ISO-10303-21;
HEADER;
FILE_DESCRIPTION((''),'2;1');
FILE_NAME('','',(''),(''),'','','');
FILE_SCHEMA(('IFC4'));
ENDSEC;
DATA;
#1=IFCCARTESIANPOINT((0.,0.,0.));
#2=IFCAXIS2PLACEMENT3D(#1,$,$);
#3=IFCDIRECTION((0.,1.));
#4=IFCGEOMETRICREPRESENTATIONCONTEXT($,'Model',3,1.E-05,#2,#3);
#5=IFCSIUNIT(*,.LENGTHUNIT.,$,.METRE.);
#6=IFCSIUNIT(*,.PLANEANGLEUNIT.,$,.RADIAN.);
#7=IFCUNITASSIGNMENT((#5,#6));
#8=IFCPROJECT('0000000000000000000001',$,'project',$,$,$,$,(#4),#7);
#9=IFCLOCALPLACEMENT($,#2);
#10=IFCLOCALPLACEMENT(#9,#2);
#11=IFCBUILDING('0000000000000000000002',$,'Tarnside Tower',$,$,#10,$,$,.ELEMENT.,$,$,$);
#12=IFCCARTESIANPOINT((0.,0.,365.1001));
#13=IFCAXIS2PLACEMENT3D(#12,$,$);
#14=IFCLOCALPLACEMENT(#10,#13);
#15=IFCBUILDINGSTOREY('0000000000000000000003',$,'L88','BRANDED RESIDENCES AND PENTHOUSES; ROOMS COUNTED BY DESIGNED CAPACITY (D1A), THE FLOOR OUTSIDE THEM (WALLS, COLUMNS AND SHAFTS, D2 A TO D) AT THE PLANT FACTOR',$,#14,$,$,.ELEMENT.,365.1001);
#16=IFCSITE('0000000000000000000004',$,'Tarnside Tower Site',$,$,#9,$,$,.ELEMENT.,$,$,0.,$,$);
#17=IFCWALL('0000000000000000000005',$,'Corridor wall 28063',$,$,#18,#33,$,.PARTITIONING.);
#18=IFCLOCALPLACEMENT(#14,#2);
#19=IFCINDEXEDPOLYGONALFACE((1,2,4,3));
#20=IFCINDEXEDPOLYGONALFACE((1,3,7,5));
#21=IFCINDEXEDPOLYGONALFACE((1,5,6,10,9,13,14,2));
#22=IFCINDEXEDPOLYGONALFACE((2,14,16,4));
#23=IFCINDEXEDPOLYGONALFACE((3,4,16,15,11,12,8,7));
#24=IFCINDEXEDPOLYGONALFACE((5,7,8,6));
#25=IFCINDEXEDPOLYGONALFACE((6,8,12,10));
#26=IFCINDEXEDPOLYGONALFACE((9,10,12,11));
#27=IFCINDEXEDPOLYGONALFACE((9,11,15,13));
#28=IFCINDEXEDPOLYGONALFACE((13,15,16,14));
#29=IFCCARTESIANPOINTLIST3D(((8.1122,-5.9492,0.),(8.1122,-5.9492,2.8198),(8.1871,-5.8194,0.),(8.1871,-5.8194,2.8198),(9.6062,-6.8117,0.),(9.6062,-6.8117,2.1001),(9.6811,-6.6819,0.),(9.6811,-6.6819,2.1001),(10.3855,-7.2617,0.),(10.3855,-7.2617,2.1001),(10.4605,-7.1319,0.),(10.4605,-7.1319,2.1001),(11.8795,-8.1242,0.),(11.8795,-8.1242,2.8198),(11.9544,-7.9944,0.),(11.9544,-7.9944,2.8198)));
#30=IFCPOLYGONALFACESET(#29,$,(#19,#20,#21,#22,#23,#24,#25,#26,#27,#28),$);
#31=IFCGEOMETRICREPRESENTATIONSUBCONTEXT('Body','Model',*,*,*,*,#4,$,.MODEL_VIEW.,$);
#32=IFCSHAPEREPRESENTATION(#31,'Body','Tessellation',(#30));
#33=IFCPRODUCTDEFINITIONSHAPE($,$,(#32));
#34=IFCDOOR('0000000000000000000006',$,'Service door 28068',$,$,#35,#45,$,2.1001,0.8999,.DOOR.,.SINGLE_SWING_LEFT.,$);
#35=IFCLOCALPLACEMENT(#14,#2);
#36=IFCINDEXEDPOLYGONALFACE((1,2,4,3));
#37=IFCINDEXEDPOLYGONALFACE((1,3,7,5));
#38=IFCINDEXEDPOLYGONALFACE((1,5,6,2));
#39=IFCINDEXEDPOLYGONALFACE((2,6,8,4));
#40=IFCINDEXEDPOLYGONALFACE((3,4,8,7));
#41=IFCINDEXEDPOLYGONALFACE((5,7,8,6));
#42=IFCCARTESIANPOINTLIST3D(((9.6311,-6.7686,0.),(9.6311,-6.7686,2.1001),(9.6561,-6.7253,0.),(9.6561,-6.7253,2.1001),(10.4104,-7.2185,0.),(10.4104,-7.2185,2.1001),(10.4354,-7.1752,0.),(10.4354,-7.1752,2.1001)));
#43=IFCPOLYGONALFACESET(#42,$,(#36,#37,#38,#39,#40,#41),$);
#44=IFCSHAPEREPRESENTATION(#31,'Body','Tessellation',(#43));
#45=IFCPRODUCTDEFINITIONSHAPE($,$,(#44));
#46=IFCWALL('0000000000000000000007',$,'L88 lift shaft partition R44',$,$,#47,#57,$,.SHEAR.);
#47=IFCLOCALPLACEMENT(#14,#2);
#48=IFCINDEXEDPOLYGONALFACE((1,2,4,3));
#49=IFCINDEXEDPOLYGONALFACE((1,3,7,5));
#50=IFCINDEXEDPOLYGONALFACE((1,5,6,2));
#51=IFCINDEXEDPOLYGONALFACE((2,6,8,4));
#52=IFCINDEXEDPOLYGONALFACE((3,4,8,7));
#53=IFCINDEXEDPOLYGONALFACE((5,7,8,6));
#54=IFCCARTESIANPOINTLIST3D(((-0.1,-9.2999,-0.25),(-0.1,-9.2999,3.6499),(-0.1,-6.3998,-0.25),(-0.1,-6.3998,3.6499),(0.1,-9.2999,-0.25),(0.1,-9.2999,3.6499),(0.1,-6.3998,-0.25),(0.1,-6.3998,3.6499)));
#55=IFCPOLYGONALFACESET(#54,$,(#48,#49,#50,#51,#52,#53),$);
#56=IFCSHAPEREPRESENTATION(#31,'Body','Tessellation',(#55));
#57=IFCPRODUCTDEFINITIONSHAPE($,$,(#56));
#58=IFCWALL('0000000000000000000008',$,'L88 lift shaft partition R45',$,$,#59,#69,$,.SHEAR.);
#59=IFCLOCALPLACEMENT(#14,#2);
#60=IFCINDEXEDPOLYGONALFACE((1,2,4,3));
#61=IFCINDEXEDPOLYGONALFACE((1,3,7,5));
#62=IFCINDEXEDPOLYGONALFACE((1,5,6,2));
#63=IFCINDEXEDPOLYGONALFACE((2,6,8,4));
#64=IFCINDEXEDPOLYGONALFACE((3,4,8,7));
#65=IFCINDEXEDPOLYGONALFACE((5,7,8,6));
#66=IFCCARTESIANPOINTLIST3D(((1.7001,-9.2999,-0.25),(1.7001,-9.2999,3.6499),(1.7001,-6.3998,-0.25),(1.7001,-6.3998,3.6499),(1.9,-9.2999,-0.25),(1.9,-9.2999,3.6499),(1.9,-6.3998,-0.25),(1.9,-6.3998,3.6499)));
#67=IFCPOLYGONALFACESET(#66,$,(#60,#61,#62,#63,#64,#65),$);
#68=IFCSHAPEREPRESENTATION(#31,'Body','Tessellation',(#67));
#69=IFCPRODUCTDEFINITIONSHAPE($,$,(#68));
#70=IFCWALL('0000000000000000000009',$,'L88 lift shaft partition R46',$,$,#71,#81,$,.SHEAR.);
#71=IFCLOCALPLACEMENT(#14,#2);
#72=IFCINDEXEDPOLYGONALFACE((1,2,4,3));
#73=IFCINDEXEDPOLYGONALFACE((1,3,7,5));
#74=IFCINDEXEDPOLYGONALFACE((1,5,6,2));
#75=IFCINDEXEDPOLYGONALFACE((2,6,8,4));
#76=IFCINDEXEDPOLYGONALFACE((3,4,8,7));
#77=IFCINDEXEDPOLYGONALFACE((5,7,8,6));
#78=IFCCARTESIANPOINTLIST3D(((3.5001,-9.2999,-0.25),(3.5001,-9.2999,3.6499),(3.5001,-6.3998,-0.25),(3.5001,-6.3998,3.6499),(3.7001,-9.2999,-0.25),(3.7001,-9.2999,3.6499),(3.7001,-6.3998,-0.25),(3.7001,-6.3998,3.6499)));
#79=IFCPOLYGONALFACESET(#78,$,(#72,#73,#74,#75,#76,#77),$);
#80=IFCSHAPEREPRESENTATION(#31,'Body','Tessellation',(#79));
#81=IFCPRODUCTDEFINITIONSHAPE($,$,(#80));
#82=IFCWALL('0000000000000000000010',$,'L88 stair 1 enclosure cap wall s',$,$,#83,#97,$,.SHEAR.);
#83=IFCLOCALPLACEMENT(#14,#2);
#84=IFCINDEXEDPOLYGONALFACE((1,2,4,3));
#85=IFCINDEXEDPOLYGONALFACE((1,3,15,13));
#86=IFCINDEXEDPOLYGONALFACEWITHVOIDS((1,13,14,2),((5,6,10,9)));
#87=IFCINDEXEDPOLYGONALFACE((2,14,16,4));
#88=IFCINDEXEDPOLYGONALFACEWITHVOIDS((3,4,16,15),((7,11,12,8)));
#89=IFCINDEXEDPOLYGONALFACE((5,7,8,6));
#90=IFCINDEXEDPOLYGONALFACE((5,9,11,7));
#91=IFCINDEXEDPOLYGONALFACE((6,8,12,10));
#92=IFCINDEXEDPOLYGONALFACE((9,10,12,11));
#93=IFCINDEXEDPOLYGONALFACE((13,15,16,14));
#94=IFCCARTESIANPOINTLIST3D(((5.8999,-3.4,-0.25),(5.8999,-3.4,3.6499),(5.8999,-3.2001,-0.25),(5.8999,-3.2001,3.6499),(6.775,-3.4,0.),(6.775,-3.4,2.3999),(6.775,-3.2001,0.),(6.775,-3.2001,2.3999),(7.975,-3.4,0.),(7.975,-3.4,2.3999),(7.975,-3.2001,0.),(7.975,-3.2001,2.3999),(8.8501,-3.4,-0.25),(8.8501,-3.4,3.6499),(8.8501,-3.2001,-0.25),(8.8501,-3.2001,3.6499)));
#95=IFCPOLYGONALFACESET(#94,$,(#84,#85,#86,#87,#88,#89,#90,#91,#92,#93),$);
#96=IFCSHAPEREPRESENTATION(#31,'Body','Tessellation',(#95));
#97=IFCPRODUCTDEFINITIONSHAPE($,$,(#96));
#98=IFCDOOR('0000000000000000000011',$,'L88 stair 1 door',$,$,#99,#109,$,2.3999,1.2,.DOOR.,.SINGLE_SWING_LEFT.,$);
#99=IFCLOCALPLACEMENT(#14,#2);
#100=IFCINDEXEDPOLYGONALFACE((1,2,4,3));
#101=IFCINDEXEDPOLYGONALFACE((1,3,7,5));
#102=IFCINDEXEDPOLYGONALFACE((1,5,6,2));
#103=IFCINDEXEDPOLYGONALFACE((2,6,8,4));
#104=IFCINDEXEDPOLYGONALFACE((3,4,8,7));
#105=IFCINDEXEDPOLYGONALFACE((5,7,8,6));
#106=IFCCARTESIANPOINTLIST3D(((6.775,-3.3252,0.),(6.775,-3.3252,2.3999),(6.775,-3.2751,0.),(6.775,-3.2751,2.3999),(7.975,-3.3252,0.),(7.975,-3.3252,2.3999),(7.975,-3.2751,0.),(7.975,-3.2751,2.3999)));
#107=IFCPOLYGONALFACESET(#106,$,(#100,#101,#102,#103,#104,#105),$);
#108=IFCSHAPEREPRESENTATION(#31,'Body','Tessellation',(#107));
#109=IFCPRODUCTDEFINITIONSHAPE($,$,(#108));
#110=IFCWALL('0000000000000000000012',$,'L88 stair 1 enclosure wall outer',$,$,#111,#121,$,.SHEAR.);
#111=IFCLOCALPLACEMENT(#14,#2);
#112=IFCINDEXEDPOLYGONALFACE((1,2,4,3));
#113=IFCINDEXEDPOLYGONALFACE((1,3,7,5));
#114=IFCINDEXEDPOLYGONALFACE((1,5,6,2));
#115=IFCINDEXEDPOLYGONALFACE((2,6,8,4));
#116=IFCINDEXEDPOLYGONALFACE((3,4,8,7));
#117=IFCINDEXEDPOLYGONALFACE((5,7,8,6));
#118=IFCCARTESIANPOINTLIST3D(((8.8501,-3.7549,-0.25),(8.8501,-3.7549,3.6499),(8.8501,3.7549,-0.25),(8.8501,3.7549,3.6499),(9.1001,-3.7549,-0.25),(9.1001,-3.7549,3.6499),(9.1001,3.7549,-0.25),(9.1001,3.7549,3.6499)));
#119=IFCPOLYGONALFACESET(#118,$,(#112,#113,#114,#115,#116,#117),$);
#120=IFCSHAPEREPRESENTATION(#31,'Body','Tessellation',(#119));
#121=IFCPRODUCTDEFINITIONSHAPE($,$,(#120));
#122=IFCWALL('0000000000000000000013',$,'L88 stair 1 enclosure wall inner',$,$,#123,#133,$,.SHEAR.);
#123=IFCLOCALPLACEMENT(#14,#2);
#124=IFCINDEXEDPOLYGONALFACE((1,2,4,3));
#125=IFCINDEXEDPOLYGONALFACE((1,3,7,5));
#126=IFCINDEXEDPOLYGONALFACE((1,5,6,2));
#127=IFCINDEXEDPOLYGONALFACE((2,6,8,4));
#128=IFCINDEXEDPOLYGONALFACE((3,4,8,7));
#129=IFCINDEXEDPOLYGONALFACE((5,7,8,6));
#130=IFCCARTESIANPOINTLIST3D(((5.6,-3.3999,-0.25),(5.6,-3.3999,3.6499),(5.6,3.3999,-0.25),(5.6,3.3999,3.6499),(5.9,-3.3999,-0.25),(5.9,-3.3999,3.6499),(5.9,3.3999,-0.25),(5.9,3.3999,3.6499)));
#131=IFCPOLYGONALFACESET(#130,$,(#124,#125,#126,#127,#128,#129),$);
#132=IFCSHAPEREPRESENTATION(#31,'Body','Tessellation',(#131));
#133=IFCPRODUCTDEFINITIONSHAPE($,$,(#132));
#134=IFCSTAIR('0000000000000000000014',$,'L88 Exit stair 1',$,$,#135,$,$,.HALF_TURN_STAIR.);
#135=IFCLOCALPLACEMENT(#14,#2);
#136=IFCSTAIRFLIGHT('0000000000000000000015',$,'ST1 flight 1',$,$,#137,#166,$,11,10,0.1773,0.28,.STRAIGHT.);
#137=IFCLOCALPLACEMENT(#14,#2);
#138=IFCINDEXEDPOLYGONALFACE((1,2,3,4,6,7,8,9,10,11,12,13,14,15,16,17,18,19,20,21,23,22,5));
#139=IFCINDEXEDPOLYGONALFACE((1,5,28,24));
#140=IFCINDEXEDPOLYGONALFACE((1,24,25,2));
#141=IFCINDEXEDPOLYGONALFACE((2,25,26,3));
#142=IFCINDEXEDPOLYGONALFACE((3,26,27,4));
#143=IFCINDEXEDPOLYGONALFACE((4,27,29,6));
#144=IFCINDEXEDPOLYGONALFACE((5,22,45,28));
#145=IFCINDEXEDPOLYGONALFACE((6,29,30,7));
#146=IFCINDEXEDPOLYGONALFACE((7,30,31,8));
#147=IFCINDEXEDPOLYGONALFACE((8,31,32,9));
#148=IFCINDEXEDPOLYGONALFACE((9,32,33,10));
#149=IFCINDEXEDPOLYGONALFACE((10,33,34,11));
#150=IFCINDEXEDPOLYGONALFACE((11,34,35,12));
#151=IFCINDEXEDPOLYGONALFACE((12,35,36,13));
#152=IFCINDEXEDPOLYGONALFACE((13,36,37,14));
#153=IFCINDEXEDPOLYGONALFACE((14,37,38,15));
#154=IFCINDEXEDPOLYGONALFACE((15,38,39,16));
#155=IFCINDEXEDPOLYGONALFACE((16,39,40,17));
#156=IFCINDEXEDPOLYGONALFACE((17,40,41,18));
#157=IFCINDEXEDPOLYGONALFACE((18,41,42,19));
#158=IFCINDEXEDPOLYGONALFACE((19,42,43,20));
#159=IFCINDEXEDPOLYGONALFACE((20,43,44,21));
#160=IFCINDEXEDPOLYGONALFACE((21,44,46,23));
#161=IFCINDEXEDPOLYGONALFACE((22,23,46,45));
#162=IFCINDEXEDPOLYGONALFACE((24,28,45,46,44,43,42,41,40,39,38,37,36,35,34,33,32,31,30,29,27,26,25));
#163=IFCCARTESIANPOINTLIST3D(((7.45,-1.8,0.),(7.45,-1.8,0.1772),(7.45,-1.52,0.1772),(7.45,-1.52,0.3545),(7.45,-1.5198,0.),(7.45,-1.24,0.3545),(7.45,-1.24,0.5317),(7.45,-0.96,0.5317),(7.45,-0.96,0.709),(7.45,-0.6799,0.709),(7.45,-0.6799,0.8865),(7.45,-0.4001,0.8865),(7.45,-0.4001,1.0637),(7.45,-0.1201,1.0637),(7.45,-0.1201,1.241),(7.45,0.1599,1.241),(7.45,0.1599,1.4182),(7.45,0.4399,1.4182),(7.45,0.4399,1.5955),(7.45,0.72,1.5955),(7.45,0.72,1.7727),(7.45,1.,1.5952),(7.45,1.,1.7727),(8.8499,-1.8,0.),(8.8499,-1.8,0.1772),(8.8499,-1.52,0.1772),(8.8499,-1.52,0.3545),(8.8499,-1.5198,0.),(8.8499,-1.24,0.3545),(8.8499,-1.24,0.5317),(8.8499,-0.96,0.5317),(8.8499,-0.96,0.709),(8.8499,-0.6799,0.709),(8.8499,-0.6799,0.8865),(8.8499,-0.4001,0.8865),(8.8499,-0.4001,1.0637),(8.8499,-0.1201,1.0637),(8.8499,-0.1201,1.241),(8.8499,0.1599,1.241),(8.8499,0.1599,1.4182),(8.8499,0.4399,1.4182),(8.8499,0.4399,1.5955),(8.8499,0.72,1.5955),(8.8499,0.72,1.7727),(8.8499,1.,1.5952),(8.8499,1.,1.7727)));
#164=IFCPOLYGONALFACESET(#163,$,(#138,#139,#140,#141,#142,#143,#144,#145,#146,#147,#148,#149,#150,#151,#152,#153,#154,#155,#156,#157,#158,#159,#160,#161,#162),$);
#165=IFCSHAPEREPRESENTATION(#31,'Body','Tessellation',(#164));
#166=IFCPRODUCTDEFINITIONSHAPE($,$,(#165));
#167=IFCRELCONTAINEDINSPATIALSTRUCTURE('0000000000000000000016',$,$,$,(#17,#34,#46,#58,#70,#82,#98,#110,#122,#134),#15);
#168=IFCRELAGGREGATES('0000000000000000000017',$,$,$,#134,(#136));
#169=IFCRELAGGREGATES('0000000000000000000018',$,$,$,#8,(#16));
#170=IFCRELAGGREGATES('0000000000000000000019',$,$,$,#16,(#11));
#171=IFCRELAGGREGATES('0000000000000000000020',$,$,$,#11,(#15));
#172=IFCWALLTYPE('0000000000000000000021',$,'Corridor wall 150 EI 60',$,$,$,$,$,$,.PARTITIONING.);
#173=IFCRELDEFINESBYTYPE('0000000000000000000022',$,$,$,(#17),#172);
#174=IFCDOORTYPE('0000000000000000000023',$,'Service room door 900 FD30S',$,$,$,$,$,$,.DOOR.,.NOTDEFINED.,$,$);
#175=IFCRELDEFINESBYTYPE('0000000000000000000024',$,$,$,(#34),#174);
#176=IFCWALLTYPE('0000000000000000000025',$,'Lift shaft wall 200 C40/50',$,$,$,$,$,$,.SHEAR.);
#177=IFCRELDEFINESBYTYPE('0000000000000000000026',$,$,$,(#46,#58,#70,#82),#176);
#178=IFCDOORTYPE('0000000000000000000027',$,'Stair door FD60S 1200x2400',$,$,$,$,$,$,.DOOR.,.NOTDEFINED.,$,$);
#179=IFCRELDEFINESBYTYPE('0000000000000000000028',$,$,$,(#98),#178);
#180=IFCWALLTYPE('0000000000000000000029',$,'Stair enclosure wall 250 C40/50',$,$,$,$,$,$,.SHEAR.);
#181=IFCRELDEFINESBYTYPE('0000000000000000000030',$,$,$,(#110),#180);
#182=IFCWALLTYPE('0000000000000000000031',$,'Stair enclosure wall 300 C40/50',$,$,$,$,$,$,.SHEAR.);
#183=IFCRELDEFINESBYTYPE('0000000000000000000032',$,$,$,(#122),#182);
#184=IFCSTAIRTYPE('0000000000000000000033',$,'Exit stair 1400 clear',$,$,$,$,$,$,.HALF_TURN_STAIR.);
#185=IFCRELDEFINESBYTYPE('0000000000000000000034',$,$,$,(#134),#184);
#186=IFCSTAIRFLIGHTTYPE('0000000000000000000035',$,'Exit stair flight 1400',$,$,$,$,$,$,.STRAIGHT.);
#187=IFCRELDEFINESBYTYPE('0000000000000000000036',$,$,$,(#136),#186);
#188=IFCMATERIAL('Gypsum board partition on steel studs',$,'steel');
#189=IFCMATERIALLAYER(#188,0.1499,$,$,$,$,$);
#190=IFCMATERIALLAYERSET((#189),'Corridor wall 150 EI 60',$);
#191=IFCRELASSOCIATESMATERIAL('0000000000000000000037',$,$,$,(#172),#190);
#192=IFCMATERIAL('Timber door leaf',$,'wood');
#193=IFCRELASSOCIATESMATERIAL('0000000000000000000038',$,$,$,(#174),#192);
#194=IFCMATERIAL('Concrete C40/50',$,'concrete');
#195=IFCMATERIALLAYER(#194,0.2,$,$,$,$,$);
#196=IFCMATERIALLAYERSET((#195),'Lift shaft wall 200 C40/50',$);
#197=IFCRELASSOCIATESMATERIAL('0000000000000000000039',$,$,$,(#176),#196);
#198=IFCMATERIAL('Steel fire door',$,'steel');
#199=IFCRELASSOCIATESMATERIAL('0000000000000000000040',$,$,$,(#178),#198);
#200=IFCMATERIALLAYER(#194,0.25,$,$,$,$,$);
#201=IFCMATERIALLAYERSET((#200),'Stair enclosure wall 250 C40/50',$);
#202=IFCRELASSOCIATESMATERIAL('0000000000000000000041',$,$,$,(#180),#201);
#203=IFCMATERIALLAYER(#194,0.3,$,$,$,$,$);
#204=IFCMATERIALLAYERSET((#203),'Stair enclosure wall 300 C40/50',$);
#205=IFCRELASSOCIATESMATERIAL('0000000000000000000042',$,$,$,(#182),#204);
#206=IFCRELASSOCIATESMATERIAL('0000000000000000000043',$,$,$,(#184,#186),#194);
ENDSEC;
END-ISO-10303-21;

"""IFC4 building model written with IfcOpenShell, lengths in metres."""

from ifc_helpers import new_model, si_unit, direction, frame, frame_2d, origin, place, context, subcontext, project, spatial, polyline, rectangle, outline, extrude, material, layer, layer_set, type_object, element, fill, aggregate, save


model = new_model("IFC4")

# Units and contexts
model_context = context("Model", 3, precision=1e-05, world=origin(), true_north=direction((0.0, 1.0)))
body_context = subcontext(model_context, "Body", "Model", "MODEL_VIEW")
ifc_project = project(units=[si_unit("LENGTHUNIT", "METRE"), si_unit("PLANEANGLEUNIT", "RADIAN")], contexts=[model_context])

# Site, building, storey
site_placement = place(None, origin())
site = spatial("IfcSite", under=ifc_project, at=site_placement, Name="Tarnside Tower Site", CompositionType="ELEMENT", RefElevation=0.0)
building_placement = place(site_placement, origin())
building = spatial("IfcBuilding", under=site, at=building_placement, Name="Tarnside Tower", CompositionType="ELEMENT")
storey_placement = place(building_placement, frame((0.0, 0.0, 365.1001)))
storey = spatial("IfcBuildingStorey", under=building, at=storey_placement, Name="L88", Description="BRANDED RESIDENCES AND PENTHOUSES; ROOMS COUNTED BY DESIGNED CAPACITY (D1A), THE FLOOR OUTSIDE THEM (WALLS, COLUMNS AND SHAFTS, D2 A TO D) AT THE PLANT FACTOR", CompositionType="ELEMENT", Elevation=365.1001)

# Shared definitions
ifc_material_1 = material(Name="Concrete C40/50", Category="concrete")
ifc_material_2 = material(Name="Steel fire door", Category="steel")

# Wall, opening, door
ifc_material_3 = material(Name="Gypsum board partition on steel studs", Category="steel")
ifc_layer_1 = layer(ifc_material_3, 0.1499)
ifc_layer_set_1 = layer_set([ifc_layer_1], Name="Corridor wall 150 EI 60")
wall_type_1 = type_object("IfcWallType", Name="Corridor wall 150 EI 60", PredefinedType="PARTITIONING", material=ifc_layer_set_1)
wall_1_placement = place(storey_placement, frame((8.1497, -5.8843, 0.0), z_axis=(0.0, 0.0, 1.0), x_axis=(0.866028, -0.499996, 0.0)))
wall_1 = element("IfcWall", 1, at=wall_1_placement, inside=storey, type_object=wall_type_1, Name="Corridor wall 28063", PredefinedType="PARTITIONING", context=body_context, shape_type="SweptSolid", body=[
    extrude(rectangle(XDim=4.3501, YDim=0.1499, at=frame_2d((2.175, 0.0))), origin(), (0.0, 0.0, 1.0), 2.8198),
])
opening_1_placement = place(wall_1_placement, frame((1.7251, 0.0, 0.0)))
opening_1 = element("IfcOpeningElement", 2, at=opening_1_placement, cuts=wall_1, PredefinedType="OPENING", context=body_context, shape_type="SweptSolid", body=[
    extrude(rectangle(XDim=0.8999, YDim=2.1001, at=frame_2d((0.45, 1.05))), frame((0.0, 0.085, 0.0), z_axis=(0.0, -1.0, 0.0), x_axis=(1.0, 0.0, 0.0)), (0.0, 0.0, 1.0), 0.1699),
])
ifc_material_4 = material(Name="Timber door leaf", Category="wood")
door_type_1 = type_object("IfcDoorType", Name="Service room door 900 FD30S", OperationType="NOTDEFINED", PredefinedType="DOOR", material=ifc_material_4)
door_1_placement = place(opening_1_placement, origin())
door_1 = element("IfcDoor", 3, at=door_1_placement, inside=storey, type_object=door_type_1, Name="Service door 28068", OperationType="SINGLE_SWING_LEFT", OverallHeight=2.1001, OverallWidth=0.8999, PredefinedType="DOOR", context=body_context, shape_type="SweptSolid", body=[
    extrude(rectangle(XDim=0.8999, YDim=2.1001, at=frame_2d((0.45, 1.05))), frame((0.0, 0.0249, 0.0), z_axis=(0.0, -1.0, 0.0), x_axis=(1.0, 0.0, 0.0)), (0.0, 0.0, 1.0), 0.05),
])
fill(opening_1, door_1)

# Walls
ifc_layer_2 = layer(ifc_material_1, 0.2)
ifc_layer_set_2 = layer_set([ifc_layer_2], Name="Lift shaft wall 200 C40/50")
wall_type_2 = type_object("IfcWallType", Name="Lift shaft wall 200 C40/50", PredefinedType="SHEAR", material=ifc_layer_set_2)
for number, where, z_axis, x_axis, name in (
    (4, (0.0, -9.3, -0.25), (0.0, 0.0, 1.0), (0.0, 1.0, 0.0), "L88 lift shaft partition R44"),
    (5, (1.8, -9.3, -0.25), (0.0, 0.0, 1.0), (0.0, 1.0, 0.0), "L88 lift shaft partition R45"),
    (6, (3.6001, -9.3, -0.25), (0.0, 0.0, 1.0), (0.0, 1.0, 0.0), "L88 lift shaft partition R46"),
):
    element("IfcWall", number, at=place(storey_placement, frame(where, z_axis=z_axis, x_axis=x_axis)), inside=storey, type_object=wall_type_2, Name=name, PredefinedType="SHEAR", context=body_context, shape_type="SweptSolid", body=[
        extrude(rectangle(XDim=2.9001, YDim=0.2, at=frame_2d((1.4502, 0.0))), origin(), (0.0, 0.0, 1.0), 3.8999),
    ])

# Wall, opening, door
wall_2_placement = place(storey_placement, frame((5.8999, -3.3, -0.25), z_axis=(0.0, 0.0, 1.0), x_axis=(1.0, 0.0, 0.0)))
wall_2 = element("IfcWall", 7, at=wall_2_placement, inside=storey, type_object=wall_type_2, Name="L88 stair 1 enclosure cap wall s", PredefinedType="SHEAR", context=body_context, shape_type="SweptSolid", body=[
    extrude(rectangle(XDim=2.9502, YDim=0.2, at=frame_2d((1.4751, 0.0))), origin(), (0.0, 0.0, 1.0), 3.8999),
])
opening_2_placement = place(wall_2_placement, frame((0.875, 0.0, 0.25)))
opening_2 = element("IfcOpeningElement", 8, at=opening_2_placement, cuts=wall_2, PredefinedType="OPENING", context=body_context, shape_type="SweptSolid", body=[
    extrude(rectangle(XDim=1.2, YDim=2.3999, at=frame_2d((0.6001, 1.2))), frame((0.0, 0.1099, 0.0), z_axis=(0.0, -1.0, 0.0), x_axis=(1.0, 0.0, 0.0)), (0.0, 0.0, 1.0), 0.22),
])
door_type_2 = type_object("IfcDoorType", Name="Stair door FD60S 1200x2400", OperationType="NOTDEFINED", PredefinedType="DOOR", material=ifc_material_2)
door_2_placement = place(opening_2_placement, origin())
door_2 = element("IfcDoor", 9, at=door_2_placement, inside=storey, type_object=door_type_2, Name="L88 stair 1 door", OperationType="SINGLE_SWING_LEFT", OverallHeight=2.3999, OverallWidth=1.2, PredefinedType="DOOR", context=body_context, shape_type="SweptSolid", body=[
    extrude(rectangle(XDim=1.2, YDim=2.3999, at=frame_2d((0.6001, 1.2))), frame((0.0, 0.0249, 0.0), z_axis=(0.0, -1.0, 0.0), x_axis=(1.0, 0.0, 0.0)), (0.0, 0.0, 1.0), 0.05),
])
fill(opening_2, door_2)

# Walls
ifc_layer_3 = layer(ifc_material_1, 0.25)
ifc_layer_set_3 = layer_set([ifc_layer_3], Name="Stair enclosure wall 250 C40/50")
wall_type_3 = type_object("IfcWallType", Name="Stair enclosure wall 250 C40/50", PredefinedType="SHEAR", material=ifc_layer_set_3)
wall_3_placement = place(storey_placement, frame((8.9751, -3.7549, -0.25), z_axis=(0.0, 0.0, 1.0), x_axis=(0.0, 1.0, 0.0)))
element("IfcWall", 10, at=wall_3_placement, inside=storey, type_object=wall_type_3, Name="L88 stair 1 enclosure wall outer", PredefinedType="SHEAR", context=body_context, shape_type="SweptSolid", body=[
    extrude(rectangle(XDim=7.5098, YDim=0.25, at=frame_2d((3.7549, 0.0))), origin(), (0.0, 0.0, 1.0), 3.8999),
])
ifc_layer_4 = layer(ifc_material_1, 0.3)
ifc_layer_set_4 = layer_set([ifc_layer_4], Name="Stair enclosure wall 300 C40/50")
wall_type_4 = type_object("IfcWallType", Name="Stair enclosure wall 300 C40/50", PredefinedType="SHEAR", material=ifc_layer_set_4)
wall_4_placement = place(storey_placement, frame((5.75, -3.3999, -0.25), z_axis=(0.0, 0.0, 1.0), x_axis=(0.0, 1.0, 0.0)))
element("IfcWall", 11, at=wall_4_placement, inside=storey, type_object=wall_type_4, Name="L88 stair 1 enclosure wall inner", PredefinedType="SHEAR", context=body_context, shape_type="SweptSolid", body=[
    extrude(rectangle(XDim=6.7998, YDim=0.3, at=frame_2d((3.3999, 0.0))), origin(), (0.0, 0.0, 1.0), 3.8999),
])

# Stair, stair flight
stair_type = type_object("IfcStairType", Name="Exit stair 1400 clear", PredefinedType="HALF_TURN_STAIR", material=ifc_material_1)
stair_placement = place(storey_placement, origin())
stair = element("IfcStair", 12, at=stair_placement, inside=storey, type_object=stair_type, Name="L88 Exit stair 1", PredefinedType="HALF_TURN_STAIR")
stair_flight_type = type_object("IfcStairFlightType", Name="Exit stair flight 1400", PredefinedType="STRAIGHT", material=ifc_material_1)
stair_flight_placement = place(storey_placement, frame((8.1499, -1.8, 0.0), z_axis=(0.0, 0.0, 1.0), x_axis=(0.0, 1.0, 0.0)))
stair_flight = element("IfcStairFlight", 13, at=stair_flight_placement, type_object=stair_flight_type, Name="ST1 flight 1", NumberOfRisers=11, NumberOfTreads=10, PredefinedType="STRAIGHT", RiserHeight=0.1773, TreadLength=0.28, context=body_context, shape_type="SweptSolid", body=[
    extrude(outline(polyline([(0.0, 0.0), (0.0, 0.1772), (0.28, 0.1772), (0.28, 0.3545), (0.5601, 0.3545), (0.5601, 0.5317), (0.8401, 0.5317), (0.8401, 0.709), (1.1201, 0.709), (1.1201, 0.8865), (1.3999, 0.8865), (1.3999, 1.0637), (1.6799, 1.0637), (1.6799, 1.241), (1.96, 1.241), (1.96, 1.4182), (2.24, 1.4182), (2.24, 1.5955), (2.52, 1.5955), (2.52, 1.7727), (2.8, 1.7727), (2.8, 1.95), (2.8, 1.5952), (0.2803, 0.0), (0.0, 0.0)])), frame((0.0, 0.7, 0.0), z_axis=(0.0, -1.0, 0.0), x_axis=(1.0, 0.0, 0.0)), (0.0, 0.0, 1.0), 1.3999),
])
aggregate(stair, [stair_flight])

save(model, "model.ifc")
